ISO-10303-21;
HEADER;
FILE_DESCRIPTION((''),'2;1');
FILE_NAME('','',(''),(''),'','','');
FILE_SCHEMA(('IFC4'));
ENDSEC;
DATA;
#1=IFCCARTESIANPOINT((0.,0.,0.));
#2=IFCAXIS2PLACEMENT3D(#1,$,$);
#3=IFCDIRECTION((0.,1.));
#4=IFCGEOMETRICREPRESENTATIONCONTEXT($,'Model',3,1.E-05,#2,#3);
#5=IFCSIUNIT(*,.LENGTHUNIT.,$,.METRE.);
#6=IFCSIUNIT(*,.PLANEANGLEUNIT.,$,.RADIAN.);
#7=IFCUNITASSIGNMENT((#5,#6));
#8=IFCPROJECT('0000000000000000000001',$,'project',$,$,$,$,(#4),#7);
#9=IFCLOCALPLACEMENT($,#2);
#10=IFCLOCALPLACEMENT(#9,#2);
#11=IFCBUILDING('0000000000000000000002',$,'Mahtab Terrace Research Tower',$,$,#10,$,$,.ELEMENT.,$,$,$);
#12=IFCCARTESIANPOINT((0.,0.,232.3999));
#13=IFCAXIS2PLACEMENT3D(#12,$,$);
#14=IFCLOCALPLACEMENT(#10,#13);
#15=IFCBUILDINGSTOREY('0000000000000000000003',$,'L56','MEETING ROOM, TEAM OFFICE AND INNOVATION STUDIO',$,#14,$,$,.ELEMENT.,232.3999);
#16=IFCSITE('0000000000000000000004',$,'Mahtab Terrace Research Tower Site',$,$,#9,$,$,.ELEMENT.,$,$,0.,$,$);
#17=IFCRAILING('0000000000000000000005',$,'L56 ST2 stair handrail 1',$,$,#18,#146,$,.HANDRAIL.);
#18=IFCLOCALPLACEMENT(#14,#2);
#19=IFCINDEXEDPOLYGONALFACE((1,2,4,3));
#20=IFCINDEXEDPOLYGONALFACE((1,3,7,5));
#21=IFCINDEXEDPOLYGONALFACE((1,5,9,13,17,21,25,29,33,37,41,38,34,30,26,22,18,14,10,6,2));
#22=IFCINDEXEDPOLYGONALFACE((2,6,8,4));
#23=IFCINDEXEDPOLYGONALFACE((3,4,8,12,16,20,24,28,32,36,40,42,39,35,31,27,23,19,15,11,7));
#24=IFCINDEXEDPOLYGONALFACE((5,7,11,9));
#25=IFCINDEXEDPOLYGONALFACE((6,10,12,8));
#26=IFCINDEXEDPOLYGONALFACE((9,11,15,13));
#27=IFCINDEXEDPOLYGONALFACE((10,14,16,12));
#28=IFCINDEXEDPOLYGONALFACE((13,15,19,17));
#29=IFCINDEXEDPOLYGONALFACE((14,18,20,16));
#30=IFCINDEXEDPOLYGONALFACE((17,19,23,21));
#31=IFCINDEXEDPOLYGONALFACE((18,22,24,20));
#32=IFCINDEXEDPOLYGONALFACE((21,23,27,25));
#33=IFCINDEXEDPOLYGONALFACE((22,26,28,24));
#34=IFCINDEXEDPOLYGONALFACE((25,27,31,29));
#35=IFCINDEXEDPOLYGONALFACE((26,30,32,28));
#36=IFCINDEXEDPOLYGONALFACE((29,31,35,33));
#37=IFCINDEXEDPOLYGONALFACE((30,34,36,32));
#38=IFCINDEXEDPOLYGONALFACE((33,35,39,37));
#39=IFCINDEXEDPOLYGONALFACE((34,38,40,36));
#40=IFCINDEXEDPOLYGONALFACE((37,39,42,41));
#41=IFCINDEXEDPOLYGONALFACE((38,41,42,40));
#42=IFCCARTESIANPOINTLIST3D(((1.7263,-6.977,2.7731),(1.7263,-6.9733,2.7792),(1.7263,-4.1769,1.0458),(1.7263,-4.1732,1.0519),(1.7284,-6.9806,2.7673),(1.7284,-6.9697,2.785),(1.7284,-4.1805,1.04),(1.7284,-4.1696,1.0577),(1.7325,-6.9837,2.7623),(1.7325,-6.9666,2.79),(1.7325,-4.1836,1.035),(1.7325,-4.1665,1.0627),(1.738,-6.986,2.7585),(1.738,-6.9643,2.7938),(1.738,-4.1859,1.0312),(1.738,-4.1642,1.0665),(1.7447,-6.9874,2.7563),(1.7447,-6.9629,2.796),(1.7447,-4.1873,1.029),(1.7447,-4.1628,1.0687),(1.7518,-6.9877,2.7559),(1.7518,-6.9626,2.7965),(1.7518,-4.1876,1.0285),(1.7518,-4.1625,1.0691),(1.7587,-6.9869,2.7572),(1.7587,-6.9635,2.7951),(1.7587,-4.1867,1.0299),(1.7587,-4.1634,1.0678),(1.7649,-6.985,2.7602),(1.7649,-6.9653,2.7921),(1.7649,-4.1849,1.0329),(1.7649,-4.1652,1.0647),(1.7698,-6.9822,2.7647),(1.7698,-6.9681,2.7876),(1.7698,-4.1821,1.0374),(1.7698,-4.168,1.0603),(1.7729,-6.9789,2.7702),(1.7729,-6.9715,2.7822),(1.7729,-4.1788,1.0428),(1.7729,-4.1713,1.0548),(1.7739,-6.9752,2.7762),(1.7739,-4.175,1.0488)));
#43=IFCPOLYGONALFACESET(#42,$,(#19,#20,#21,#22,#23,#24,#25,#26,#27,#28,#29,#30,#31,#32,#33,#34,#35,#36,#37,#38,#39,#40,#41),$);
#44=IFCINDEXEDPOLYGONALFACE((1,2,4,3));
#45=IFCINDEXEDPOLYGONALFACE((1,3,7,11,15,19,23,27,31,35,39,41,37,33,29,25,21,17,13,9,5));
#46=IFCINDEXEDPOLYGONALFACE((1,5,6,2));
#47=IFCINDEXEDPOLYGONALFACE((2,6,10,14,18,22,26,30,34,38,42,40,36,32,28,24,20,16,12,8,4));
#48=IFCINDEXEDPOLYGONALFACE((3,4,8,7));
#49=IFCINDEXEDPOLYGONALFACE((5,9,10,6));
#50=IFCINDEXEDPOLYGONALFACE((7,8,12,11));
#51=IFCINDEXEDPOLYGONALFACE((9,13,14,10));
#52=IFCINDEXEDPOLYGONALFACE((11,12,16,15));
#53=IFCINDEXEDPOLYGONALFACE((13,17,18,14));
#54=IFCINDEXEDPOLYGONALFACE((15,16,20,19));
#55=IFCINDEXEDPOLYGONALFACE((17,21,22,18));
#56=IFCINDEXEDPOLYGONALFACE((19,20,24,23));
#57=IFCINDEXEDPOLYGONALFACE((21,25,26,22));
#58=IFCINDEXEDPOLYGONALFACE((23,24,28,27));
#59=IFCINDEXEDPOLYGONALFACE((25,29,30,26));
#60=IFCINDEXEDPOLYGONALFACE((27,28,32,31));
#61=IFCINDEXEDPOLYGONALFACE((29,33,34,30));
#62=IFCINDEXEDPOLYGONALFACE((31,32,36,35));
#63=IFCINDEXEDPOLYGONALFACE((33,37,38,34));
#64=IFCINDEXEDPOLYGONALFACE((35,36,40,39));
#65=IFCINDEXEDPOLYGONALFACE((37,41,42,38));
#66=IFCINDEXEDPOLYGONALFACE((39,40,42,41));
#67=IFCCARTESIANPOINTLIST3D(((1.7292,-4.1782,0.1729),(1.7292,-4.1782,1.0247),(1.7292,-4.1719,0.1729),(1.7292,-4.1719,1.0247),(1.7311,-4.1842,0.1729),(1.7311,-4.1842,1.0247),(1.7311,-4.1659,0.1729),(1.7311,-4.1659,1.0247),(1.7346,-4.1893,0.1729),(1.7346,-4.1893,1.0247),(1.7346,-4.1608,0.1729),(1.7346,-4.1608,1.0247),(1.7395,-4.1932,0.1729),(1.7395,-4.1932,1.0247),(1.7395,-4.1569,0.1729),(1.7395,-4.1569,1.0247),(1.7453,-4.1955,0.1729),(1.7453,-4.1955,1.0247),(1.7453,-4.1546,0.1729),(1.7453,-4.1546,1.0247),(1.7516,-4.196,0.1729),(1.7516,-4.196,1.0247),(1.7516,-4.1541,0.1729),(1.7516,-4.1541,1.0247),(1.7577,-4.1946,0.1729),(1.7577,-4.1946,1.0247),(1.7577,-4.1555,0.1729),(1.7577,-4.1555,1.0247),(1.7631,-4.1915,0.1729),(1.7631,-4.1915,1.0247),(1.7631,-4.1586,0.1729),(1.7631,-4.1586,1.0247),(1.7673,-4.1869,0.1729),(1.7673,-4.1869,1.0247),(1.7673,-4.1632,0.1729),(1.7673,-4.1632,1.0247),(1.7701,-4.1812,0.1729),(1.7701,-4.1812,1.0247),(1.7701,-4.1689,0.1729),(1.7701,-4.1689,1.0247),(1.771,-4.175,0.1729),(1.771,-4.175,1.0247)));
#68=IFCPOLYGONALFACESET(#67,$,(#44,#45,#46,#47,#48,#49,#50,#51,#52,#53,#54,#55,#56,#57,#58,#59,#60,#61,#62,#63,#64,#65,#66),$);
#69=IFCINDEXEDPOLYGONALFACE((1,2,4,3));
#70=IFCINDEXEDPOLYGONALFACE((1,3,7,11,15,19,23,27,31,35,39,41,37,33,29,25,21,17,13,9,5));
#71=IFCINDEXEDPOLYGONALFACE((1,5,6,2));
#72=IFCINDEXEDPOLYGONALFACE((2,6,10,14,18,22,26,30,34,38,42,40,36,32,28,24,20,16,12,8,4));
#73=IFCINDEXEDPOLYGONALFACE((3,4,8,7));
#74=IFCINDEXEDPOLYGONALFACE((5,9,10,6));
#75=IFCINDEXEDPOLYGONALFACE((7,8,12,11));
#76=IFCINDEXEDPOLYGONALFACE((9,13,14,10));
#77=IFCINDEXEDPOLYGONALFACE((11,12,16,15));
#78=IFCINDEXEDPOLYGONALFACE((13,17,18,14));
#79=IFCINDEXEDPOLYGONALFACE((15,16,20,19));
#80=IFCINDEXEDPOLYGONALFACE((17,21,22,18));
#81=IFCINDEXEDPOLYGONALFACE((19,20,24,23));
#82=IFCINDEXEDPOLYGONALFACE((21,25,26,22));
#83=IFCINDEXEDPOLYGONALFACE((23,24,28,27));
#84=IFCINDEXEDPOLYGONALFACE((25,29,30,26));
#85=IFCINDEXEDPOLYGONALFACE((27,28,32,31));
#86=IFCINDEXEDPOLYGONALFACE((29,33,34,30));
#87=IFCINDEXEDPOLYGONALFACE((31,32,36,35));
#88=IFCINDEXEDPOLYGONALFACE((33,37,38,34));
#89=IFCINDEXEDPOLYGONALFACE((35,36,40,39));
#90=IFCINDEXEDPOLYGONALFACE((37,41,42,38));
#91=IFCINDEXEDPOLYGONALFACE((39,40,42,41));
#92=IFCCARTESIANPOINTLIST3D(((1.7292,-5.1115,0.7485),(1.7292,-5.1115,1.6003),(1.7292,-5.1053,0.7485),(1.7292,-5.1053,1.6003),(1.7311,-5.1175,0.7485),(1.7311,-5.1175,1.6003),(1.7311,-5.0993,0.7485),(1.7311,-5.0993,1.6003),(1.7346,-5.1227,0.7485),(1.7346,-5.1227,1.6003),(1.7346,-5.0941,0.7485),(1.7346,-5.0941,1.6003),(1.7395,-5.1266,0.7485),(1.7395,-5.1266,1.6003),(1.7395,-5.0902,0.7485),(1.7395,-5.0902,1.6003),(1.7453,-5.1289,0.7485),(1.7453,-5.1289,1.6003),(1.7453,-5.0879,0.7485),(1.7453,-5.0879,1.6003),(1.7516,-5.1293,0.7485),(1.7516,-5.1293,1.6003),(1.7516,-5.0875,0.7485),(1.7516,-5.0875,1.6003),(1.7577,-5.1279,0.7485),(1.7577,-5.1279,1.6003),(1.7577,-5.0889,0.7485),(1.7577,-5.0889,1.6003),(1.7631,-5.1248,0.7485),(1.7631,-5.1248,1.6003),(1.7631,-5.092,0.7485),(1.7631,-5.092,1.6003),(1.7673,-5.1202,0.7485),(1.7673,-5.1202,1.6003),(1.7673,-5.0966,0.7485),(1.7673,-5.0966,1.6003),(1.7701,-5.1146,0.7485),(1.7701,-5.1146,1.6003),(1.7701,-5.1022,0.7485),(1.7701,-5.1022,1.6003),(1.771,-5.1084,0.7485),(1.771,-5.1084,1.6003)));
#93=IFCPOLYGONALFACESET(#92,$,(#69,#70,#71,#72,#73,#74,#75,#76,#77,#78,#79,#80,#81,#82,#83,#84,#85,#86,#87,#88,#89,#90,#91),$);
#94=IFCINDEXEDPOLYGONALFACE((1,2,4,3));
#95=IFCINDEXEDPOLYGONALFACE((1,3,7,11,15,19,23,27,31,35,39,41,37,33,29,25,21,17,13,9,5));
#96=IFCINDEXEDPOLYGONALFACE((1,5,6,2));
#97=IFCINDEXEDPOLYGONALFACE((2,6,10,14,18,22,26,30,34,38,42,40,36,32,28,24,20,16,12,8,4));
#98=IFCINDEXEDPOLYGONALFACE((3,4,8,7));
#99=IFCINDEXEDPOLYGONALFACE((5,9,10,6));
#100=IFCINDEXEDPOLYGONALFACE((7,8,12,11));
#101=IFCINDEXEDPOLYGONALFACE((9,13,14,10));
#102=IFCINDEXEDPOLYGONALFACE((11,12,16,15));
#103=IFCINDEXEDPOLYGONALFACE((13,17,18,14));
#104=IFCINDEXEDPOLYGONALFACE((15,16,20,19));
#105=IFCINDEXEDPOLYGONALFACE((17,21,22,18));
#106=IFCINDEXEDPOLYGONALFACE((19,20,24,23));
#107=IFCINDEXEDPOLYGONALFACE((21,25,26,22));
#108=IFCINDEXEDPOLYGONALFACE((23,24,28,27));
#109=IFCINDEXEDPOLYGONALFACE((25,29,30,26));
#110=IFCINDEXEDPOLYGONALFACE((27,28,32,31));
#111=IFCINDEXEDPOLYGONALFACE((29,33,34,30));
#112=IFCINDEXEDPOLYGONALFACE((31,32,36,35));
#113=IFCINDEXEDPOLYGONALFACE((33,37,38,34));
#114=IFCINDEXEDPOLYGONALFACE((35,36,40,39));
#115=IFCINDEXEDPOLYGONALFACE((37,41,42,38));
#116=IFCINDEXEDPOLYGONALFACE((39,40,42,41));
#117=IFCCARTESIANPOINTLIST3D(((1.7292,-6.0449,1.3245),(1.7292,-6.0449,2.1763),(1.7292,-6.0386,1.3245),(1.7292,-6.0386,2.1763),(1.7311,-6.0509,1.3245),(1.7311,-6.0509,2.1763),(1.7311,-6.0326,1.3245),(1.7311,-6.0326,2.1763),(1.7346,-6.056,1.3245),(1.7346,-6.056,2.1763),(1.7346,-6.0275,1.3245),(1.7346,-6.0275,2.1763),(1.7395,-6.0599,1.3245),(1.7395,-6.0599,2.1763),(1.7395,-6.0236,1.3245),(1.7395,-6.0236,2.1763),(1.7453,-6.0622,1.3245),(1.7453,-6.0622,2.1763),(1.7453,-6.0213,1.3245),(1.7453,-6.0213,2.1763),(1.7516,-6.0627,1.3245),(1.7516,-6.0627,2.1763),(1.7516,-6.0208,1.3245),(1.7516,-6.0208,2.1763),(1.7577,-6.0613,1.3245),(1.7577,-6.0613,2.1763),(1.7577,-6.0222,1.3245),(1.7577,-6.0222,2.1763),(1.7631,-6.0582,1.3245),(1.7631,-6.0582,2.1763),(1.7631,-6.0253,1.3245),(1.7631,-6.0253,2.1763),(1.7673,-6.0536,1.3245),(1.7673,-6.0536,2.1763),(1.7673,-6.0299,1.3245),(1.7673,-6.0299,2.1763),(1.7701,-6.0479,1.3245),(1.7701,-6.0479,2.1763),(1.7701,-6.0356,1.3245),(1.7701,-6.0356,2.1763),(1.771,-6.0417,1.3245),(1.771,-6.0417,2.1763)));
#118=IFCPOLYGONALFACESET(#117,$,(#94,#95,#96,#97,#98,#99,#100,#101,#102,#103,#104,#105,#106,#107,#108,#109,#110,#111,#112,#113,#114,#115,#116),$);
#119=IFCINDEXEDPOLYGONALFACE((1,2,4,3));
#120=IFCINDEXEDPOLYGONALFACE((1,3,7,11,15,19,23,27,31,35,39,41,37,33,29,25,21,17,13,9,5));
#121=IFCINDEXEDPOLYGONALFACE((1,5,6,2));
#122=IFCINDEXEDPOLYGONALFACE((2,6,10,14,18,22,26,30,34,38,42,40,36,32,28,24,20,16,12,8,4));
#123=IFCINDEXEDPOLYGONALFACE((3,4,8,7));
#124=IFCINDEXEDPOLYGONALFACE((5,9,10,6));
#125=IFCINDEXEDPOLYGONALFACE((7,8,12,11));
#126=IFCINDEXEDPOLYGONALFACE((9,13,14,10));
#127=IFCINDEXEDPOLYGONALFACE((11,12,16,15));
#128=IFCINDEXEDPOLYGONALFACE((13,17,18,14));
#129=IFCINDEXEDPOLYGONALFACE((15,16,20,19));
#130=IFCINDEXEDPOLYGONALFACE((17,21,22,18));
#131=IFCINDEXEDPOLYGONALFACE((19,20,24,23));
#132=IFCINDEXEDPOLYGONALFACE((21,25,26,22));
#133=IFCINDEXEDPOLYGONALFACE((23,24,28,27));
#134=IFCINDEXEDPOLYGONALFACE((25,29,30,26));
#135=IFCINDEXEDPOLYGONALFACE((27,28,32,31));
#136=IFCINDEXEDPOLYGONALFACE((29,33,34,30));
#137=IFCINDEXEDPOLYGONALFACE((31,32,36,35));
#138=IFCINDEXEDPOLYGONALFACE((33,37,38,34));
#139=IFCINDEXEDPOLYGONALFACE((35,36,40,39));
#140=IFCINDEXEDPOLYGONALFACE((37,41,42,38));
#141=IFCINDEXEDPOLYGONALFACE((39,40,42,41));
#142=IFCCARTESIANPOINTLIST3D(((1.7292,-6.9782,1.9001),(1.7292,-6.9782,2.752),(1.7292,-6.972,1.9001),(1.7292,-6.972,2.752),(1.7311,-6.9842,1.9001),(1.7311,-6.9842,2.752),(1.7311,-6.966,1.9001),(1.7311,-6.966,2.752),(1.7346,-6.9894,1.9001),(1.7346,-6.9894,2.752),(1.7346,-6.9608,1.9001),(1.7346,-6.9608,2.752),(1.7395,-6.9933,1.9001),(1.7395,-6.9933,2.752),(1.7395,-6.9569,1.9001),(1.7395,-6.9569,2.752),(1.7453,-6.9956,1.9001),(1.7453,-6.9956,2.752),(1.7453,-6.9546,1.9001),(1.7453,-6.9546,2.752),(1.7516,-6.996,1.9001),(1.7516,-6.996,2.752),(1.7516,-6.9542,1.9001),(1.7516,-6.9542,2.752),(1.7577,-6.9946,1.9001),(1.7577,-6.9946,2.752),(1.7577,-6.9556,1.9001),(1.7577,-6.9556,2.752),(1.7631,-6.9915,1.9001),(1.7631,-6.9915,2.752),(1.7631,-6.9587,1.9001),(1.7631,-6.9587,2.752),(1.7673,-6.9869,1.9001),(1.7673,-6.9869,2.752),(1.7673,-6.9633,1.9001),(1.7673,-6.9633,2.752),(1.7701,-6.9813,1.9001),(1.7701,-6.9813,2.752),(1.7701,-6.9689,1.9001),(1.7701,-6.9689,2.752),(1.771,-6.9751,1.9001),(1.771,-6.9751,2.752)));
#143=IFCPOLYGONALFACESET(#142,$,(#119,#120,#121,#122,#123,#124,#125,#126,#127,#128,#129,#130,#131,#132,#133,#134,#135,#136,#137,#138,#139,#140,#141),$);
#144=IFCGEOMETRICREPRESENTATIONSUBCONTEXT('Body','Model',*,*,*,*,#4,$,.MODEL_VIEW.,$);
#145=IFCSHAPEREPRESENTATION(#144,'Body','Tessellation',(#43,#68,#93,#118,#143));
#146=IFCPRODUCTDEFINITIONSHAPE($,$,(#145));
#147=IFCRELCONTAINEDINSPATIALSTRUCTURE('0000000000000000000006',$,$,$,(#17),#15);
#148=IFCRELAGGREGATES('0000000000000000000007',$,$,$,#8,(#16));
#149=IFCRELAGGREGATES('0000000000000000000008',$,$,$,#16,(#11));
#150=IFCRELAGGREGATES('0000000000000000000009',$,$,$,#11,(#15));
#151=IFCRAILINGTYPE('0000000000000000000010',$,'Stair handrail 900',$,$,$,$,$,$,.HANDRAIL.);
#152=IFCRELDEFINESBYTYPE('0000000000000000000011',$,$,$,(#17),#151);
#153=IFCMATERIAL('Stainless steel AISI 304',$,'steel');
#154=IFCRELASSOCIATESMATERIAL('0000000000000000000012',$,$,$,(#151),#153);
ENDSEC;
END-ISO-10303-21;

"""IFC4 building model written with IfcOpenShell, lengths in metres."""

from ifc_helpers import new_model, si_unit, direction, frame, origin, origin_2d, place, context, subcontext, project, spatial, circle, extrude, material, type_object, element, save


model = new_model("IFC4")

# Units and contexts
model_context = context("Model", 3, precision=1e-05, world=origin(), true_north=direction((0.0, 1.0)))
body_context = subcontext(model_context, "Body", "Model", "MODEL_VIEW")
ifc_project = project(units=[si_unit("LENGTHUNIT", "METRE"), si_unit("PLANEANGLEUNIT", "RADIAN")], contexts=[model_context])

# Site, building, storey
site_placement = place(None, origin())
site = spatial("IfcSite", under=ifc_project, at=site_placement, Name="Mahtab Terrace Research Tower Site", CompositionType="ELEMENT", RefElevation=0.0)
building_placement = place(site_placement, origin())
building = spatial("IfcBuilding", under=site, at=building_placement, Name="Mahtab Terrace Research Tower", CompositionType="ELEMENT")
storey_placement = place(building_placement, frame((0.0, 0.0, 232.3999)))
storey = spatial("IfcBuildingStorey", under=building, at=storey_placement, Name="L56", Description="MEETING ROOM, TEAM OFFICE AND INNOVATION STUDIO", CompositionType="ELEMENT", Elevation=232.3999)

# Railing
ifc_material_1 = material(Name="Stainless steel AISI 304", Category="steel")
railing_type_1 = type_object("IfcRailingType", Name="Stair handrail 900", PredefinedType="HANDRAIL", material=ifc_material_1)
railing_1_placement = place(storey_placement, frame((1.75, -4.175, 0.1729)))
element("IfcRailing", 1, at=railing_1_placement, inside=storey, type_object=railing_type_1, Name="L56 ST2 stair handrail 1", PredefinedType="HANDRAIL", context=body_context, shape_type="SweptSolid", body=[
    extrude(circle(Radius=0.0239, at=origin_2d()), frame((0.0, 0.0, 0.876), z_axis=(0.0, -0.85109, 0.52502), x_axis=(1.0, 0.0, 0.0)), (0.0, 0.0, 1.0), 3.29),
    extrude(circle(Radius=0.021, at=origin_2d()), origin(), (0.0, 0.0, 1.0), 0.8518),
    extrude(circle(Radius=0.021, at=origin_2d()), frame((0.0, -0.9333, 0.5757)), (0.0, 0.0, 1.0), 0.8518),
    extrude(circle(Radius=0.021, at=origin_2d()), frame((0.0, -1.8667, 1.1516)), (0.0, 0.0, 1.0), 0.8518),
    extrude(circle(Radius=0.021, at=origin_2d()), frame((0.0, -2.8, 1.7273)), (0.0, 0.0, 1.0), 0.8518),
])

save(model, "model.ifc")
